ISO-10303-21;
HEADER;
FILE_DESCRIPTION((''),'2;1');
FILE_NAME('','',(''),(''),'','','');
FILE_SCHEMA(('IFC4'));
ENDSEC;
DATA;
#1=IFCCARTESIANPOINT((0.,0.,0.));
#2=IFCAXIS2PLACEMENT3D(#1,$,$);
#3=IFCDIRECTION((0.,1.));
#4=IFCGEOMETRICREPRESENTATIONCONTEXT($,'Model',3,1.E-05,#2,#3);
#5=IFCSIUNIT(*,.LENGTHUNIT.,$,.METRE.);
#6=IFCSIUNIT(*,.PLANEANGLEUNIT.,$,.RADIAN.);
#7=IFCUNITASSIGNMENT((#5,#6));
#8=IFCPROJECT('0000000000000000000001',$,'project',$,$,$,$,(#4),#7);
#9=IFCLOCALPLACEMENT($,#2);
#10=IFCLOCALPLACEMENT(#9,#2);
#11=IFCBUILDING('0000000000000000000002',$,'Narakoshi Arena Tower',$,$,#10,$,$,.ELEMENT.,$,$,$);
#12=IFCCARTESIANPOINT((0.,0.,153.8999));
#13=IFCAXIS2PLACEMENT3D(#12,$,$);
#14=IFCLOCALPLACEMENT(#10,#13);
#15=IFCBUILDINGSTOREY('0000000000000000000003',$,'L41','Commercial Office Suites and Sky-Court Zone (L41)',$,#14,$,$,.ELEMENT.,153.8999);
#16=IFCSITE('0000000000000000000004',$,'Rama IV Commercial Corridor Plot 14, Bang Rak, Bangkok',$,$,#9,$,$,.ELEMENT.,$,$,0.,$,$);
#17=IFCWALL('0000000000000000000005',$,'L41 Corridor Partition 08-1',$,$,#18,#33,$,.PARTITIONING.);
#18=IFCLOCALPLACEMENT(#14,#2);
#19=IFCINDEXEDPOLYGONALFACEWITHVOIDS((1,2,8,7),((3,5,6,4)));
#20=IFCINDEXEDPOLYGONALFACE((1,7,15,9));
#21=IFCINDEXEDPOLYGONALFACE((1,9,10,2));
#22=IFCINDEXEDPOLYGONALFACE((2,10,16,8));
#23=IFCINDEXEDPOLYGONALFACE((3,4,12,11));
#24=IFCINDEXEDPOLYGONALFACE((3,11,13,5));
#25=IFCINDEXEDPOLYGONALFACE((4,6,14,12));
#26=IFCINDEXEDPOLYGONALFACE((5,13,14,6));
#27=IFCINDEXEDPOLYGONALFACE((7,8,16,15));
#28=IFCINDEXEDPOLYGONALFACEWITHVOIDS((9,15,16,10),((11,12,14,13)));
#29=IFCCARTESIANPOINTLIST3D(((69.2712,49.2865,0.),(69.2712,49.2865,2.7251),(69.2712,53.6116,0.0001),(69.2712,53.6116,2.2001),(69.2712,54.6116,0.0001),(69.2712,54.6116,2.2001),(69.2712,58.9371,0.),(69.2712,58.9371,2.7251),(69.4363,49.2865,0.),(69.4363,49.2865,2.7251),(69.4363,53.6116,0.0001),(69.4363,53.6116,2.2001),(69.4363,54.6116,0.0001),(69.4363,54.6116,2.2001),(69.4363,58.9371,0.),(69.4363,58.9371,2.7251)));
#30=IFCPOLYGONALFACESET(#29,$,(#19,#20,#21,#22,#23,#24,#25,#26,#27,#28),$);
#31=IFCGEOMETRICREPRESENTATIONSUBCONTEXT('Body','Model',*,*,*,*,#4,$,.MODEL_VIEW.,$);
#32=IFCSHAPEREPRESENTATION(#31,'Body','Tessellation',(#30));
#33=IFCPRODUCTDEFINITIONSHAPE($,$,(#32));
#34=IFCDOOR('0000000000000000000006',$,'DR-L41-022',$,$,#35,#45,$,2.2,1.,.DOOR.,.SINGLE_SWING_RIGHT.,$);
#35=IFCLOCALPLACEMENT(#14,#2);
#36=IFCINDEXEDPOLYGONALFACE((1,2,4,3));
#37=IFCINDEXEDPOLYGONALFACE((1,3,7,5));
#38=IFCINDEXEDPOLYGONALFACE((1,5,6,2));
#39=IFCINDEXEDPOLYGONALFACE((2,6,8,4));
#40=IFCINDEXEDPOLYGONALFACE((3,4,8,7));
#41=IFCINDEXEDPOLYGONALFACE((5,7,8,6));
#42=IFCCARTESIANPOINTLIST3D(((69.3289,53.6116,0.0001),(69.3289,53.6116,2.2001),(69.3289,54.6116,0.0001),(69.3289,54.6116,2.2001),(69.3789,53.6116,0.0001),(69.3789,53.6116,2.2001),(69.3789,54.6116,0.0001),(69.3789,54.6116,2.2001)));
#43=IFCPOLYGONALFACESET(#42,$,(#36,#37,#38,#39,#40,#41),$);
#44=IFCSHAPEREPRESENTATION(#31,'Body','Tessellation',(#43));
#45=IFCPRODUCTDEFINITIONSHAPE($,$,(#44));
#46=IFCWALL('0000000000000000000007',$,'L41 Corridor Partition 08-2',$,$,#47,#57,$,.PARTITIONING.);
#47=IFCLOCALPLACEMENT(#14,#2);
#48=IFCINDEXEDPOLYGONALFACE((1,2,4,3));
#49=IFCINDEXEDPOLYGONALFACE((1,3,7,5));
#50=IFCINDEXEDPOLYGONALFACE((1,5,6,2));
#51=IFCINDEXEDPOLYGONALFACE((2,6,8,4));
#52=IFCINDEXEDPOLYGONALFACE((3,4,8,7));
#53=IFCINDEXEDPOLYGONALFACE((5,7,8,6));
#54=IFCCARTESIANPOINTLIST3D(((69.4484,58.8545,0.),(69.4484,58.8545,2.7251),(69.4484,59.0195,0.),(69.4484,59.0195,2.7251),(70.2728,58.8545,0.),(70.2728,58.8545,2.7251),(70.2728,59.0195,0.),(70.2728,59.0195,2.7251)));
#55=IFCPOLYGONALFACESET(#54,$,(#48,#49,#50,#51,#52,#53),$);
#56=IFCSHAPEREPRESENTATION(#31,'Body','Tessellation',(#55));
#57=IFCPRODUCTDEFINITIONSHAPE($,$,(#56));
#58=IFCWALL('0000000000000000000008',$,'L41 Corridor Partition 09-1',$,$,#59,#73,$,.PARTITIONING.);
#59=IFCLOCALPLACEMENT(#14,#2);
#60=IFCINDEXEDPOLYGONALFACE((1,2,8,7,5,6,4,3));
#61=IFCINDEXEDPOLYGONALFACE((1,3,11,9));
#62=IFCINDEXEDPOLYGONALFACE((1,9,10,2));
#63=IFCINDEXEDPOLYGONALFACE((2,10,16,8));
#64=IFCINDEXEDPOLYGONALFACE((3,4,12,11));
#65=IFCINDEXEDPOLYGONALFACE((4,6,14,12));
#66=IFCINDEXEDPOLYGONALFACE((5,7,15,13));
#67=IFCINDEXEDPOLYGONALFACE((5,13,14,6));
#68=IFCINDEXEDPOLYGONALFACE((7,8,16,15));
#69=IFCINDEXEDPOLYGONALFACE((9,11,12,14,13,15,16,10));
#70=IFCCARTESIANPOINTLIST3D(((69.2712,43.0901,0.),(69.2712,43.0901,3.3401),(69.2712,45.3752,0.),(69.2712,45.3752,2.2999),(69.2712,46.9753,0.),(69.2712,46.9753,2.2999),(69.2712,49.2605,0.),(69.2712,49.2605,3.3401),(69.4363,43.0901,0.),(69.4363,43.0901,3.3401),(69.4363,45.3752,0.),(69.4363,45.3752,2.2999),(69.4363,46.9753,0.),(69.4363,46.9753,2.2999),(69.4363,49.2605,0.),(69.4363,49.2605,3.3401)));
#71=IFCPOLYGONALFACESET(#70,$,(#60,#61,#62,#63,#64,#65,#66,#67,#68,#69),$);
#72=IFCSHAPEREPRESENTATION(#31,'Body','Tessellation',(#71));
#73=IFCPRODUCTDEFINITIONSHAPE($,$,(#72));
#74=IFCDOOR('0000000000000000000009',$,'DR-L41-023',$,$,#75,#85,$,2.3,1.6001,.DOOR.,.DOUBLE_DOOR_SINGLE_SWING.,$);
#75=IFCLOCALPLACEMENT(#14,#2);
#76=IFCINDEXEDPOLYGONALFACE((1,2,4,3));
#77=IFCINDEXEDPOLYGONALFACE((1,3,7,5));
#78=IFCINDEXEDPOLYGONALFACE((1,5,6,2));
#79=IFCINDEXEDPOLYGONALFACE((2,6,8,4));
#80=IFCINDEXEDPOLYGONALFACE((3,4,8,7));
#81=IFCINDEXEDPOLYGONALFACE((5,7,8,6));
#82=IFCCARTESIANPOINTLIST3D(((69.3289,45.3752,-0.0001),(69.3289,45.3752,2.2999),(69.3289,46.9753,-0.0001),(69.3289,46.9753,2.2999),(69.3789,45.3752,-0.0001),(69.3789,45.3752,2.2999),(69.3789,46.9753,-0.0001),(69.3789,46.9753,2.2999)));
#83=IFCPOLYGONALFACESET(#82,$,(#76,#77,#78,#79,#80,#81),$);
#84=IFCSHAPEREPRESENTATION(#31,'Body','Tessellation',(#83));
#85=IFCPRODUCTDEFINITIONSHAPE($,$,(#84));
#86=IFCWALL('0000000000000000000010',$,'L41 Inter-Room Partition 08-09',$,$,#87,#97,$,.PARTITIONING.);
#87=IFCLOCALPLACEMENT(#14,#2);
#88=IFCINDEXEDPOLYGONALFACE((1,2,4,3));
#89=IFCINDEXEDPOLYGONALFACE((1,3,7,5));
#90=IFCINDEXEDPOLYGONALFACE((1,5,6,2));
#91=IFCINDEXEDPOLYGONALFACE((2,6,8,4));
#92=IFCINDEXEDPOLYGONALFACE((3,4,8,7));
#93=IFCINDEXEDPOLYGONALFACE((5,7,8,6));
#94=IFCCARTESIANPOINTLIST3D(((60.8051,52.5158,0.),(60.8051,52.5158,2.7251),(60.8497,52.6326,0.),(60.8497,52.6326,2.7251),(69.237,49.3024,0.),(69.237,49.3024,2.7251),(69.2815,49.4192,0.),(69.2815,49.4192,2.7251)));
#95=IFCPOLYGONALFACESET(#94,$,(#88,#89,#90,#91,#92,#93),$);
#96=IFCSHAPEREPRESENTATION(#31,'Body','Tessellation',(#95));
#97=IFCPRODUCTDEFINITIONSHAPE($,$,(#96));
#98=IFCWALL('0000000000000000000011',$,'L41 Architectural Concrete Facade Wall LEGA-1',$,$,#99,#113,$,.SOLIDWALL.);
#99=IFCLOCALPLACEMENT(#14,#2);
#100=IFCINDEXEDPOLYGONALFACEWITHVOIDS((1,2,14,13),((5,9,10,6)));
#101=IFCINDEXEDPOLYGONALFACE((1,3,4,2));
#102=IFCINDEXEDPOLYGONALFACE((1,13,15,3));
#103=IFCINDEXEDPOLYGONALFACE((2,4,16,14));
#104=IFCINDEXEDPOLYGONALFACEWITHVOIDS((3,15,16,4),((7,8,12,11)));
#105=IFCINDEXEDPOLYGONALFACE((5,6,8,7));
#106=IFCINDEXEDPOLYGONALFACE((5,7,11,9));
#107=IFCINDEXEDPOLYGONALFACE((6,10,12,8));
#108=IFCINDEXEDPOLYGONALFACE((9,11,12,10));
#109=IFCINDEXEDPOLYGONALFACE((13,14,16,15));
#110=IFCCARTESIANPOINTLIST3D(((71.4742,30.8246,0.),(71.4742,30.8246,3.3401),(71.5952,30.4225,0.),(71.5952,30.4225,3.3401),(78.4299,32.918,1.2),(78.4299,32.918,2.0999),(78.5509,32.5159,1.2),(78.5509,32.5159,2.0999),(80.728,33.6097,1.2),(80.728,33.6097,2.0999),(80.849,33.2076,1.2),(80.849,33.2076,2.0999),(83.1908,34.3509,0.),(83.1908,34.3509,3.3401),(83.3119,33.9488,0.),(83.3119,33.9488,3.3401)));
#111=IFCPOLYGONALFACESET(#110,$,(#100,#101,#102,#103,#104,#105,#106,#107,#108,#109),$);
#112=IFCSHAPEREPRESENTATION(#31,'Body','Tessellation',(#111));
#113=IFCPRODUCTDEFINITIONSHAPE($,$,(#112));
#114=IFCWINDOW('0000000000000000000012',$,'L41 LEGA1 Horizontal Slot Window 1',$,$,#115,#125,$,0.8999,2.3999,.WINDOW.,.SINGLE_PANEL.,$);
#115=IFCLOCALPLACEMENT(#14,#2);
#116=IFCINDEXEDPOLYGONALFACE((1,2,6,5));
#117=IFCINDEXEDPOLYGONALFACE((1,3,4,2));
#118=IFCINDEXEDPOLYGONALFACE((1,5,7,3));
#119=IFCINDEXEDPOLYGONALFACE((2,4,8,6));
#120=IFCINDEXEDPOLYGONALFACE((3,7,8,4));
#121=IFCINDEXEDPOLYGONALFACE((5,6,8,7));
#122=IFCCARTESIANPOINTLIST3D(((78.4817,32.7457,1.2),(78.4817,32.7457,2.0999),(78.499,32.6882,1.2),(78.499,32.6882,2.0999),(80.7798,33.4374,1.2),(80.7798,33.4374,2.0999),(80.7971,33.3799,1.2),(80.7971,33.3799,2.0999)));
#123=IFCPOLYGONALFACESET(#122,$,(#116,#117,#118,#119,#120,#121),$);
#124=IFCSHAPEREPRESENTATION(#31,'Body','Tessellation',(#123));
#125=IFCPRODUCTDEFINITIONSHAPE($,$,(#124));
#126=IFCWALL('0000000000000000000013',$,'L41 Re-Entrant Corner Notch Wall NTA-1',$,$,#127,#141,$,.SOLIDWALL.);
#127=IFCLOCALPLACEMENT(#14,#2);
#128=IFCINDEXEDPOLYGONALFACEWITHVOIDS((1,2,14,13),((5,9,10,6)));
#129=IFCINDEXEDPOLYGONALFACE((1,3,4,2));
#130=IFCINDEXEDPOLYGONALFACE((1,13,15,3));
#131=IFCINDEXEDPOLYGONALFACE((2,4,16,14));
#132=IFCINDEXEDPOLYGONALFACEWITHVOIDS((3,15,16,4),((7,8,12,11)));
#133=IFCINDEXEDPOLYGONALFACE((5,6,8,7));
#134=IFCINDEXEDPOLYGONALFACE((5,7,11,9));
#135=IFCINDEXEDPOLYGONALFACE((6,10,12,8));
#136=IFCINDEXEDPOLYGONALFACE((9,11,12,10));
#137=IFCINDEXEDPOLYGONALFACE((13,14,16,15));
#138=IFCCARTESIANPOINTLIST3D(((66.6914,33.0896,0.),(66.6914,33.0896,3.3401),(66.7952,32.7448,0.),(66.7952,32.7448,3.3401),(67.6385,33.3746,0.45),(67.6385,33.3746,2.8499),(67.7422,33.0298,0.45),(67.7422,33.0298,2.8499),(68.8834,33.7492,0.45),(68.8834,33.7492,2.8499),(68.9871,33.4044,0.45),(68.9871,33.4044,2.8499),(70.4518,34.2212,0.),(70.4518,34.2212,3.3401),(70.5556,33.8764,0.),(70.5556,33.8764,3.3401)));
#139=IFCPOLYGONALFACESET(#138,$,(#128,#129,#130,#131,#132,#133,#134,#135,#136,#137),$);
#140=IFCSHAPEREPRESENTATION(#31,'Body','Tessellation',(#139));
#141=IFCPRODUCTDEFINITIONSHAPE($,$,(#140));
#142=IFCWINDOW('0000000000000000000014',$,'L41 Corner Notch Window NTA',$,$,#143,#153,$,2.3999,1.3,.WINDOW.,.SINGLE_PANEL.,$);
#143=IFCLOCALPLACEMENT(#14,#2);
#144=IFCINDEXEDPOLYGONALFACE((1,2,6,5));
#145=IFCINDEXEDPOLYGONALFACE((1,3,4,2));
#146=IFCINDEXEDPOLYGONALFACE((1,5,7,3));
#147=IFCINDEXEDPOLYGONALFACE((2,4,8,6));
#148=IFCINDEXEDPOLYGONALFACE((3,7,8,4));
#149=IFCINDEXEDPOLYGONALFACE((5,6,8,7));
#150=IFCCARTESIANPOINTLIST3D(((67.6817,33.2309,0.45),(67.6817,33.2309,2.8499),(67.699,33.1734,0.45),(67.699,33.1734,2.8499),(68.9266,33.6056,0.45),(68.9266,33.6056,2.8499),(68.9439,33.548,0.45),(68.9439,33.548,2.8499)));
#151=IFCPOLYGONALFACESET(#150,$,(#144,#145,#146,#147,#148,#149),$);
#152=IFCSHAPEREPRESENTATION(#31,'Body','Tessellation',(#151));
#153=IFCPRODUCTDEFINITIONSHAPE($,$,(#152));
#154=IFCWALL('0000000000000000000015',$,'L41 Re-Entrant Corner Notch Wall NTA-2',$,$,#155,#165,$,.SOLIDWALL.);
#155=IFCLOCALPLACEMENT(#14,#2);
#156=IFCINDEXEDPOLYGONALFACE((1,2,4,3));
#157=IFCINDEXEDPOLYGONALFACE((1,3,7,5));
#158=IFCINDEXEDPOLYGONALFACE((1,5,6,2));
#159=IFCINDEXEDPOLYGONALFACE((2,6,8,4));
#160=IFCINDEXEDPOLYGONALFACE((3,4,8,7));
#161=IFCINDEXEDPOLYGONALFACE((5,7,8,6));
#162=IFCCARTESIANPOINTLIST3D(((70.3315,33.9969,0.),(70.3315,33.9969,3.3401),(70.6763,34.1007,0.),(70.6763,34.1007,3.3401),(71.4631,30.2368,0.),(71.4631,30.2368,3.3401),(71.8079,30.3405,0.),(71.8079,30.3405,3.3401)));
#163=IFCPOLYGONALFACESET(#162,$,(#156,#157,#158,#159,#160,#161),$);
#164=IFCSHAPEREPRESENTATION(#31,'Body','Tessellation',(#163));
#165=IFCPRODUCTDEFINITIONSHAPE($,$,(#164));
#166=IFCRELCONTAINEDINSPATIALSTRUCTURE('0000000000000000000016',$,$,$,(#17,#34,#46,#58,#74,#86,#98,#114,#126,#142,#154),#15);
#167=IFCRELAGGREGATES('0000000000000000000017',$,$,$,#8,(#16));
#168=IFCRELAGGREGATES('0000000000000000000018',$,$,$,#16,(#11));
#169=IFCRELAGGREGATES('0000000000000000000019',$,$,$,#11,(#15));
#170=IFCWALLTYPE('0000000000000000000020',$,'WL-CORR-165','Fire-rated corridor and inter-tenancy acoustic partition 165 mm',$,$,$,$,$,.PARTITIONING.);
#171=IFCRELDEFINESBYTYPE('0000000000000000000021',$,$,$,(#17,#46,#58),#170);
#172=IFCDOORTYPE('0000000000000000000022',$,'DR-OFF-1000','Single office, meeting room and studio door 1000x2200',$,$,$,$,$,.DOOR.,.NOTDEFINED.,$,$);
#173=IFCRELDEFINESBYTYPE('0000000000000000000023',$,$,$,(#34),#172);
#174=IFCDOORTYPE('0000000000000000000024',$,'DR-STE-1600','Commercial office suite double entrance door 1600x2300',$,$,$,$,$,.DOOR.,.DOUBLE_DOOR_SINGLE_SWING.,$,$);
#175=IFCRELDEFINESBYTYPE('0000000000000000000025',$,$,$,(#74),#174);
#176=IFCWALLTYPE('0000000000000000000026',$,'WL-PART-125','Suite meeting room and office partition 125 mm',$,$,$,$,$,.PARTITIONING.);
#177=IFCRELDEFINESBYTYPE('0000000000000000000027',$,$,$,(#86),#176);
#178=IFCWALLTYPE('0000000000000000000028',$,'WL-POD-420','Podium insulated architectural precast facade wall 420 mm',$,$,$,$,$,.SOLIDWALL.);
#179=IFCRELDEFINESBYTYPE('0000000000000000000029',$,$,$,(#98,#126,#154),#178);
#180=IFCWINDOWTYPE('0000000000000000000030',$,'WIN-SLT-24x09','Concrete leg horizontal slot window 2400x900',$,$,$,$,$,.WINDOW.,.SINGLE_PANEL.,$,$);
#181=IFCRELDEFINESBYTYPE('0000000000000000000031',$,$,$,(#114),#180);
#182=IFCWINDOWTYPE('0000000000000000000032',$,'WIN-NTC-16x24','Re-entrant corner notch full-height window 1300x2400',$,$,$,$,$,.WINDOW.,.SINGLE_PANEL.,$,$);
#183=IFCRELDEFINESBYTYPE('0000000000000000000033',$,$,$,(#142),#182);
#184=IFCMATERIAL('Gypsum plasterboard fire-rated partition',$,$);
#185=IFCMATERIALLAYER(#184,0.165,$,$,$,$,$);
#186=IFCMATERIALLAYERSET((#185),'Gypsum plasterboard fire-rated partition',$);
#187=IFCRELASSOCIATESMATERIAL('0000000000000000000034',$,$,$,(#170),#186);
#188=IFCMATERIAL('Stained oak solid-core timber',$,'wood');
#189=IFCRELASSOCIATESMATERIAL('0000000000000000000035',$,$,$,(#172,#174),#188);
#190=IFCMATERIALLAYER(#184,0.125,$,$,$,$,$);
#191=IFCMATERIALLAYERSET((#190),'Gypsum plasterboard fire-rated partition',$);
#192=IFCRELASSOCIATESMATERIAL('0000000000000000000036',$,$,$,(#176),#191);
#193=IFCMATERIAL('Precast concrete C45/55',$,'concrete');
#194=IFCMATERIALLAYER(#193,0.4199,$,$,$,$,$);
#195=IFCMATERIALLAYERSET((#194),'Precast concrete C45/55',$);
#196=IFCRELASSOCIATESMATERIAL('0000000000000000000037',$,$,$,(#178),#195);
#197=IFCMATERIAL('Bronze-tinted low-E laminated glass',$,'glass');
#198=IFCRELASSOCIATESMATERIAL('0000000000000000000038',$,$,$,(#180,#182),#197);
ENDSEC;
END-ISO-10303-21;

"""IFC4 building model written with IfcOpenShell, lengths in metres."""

from ifc_helpers import new_model, si_unit, direction, frame, frame_2d, origin, place, context, subcontext, project, spatial, rectangle, extrude, material, layer, layer_set, type_object, element, fill, save


model = new_model("IFC4")

# Units and contexts
model_context = context("Model", 3, precision=1e-05, world=origin(), true_north=direction((0.0, 1.0)))
body_context = subcontext(model_context, "Body", "Model", "MODEL_VIEW")
ifc_project = project(units=[si_unit("LENGTHUNIT", "METRE"), si_unit("PLANEANGLEUNIT", "RADIAN")], contexts=[model_context])

# Site, building, storey
site_placement = place(None, origin())
site = spatial("IfcSite", under=ifc_project, at=site_placement, Name="Rama IV Commercial Corridor Plot 14, Bang Rak, Bangkok", CompositionType="ELEMENT", RefElevation=0.0)
building_placement = place(site_placement, origin())
building = spatial("IfcBuilding", under=site, at=building_placement, Name="Narakoshi Arena Tower", CompositionType="ELEMENT")
storey_placement = place(building_placement, frame((0.0, 0.0, 153.8999)))
storey = spatial("IfcBuildingStorey", under=building, at=storey_placement, Name="L41", Description="Commercial Office Suites and Sky-Court Zone (L41)", CompositionType="ELEMENT", Elevation=153.8999)

# Wall, opening, door
ifc_material_1 = material(Name="Gypsum plasterboard fire-rated partition")
ifc_layer_1 = layer(ifc_material_1, 0.165)
ifc_layer_set_1 = layer_set([ifc_layer_1], Name="Gypsum plasterboard fire-rated partition")
wall_type_1 = type_object("IfcWallType", Name="WL-CORR-165", Description="Fire-rated corridor and inter-tenancy acoustic partition 165 mm", PredefinedType="PARTITIONING", material=ifc_layer_set_1)
wall_1_placement = place(storey_placement, frame((69.3538, 58.937, 0.0), z_axis=(0.0, 0.0, 1.0), x_axis=(0.0, -1.0, 0.0)))
wall_1 = element("IfcWall", 1, at=wall_1_placement, inside=storey, type_object=wall_type_1, Name="L41 Corridor Partition 08-1", PredefinedType="PARTITIONING", context=body_context, shape_type="SweptSolid", body=[
    extrude(rectangle(XDim=9.6506, YDim=0.165, at=frame_2d((4.8252, 0.0))), origin(), (0.0, 0.0, 1.0), 2.7251),
])
opening_1_placement = place(wall_1_placement, frame((4.3254, 0.0, 0.0)))
opening_1 = element("IfcOpeningElement", 2, at=opening_1_placement, cuts=wall_1, PredefinedType="OPENING", context=body_context, shape_type="SweptSolid", body=[
    extrude(rectangle(XDim=1.0, YDim=2.2, at=frame_2d((0.5, 1.1001))), frame((0.0, 0.0925, 0.0), z_axis=(0.0, -1.0, 0.0), x_axis=(1.0, 0.0, 0.0)), (0.0, 0.0, 1.0), 0.1851),
])
ifc_material_2 = material(Name="Stained oak solid-core timber", Category="wood")
door_type_1 = type_object("IfcDoorType", Name="DR-OFF-1000", Description="Single office, meeting room and studio door 1000x2200", OperationType="NOTDEFINED", PredefinedType="DOOR", material=ifc_material_2)
door_1_placement = place(opening_1_placement, frame((1.0, 0.0, 0.0), z_axis=(0.0, 0.0, 1.0), x_axis=(-1.0, 0.0, 0.0)))
door_1 = element("IfcDoor", 3, at=door_1_placement, inside=storey, type_object=door_type_1, Name="DR-L41-022", OperationType="SINGLE_SWING_RIGHT", OverallHeight=2.2, OverallWidth=1.0, PredefinedType="DOOR", context=body_context, shape_type="SweptSolid", body=[
    extrude(rectangle(XDim=1.0, YDim=2.2, at=frame_2d((0.5, 1.1001))), frame((0.0, 0.0249, 0.0), z_axis=(0.0, -1.0, 0.0), x_axis=(1.0, 0.0, 0.0)), (0.0, 0.0, 1.0), 0.05),
])
fill(opening_1, door_1)

# Wall
wall_2_placement = place(storey_placement, frame((70.2727, 58.937, 0.0), z_axis=(0.0, 0.0, 1.0), x_axis=(-1.0, 0.0, 0.0)))
element("IfcWall", 4, at=wall_2_placement, inside=storey, type_object=wall_type_1, Name="L41 Corridor Partition 08-2", PredefinedType="PARTITIONING", context=body_context, shape_type="SweptSolid", body=[
    extrude(rectangle(XDim=0.8245, YDim=0.165, at=frame_2d((0.4121, 0.0))), origin(), (0.0, 0.0, 1.0), 2.7251),
])

# Wall, opening, door
wall_3_placement = place(storey_placement, frame((69.3538, 49.2605, 0.0), z_axis=(0.0, 0.0, 1.0), x_axis=(0.0, -1.0, 0.0)))
wall_3 = element("IfcWall", 5, at=wall_3_placement, inside=storey, type_object=wall_type_1, Name="L41 Corridor Partition 09-1", PredefinedType="PARTITIONING", context=body_context, shape_type="SweptSolid", body=[
    extrude(rectangle(XDim=6.1704, YDim=0.165, at=frame_2d((3.0852, 0.0))), origin(), (0.0, 0.0, 1.0), 3.3401),
])
opening_2_placement = place(wall_3_placement, frame((2.2852, 0.0, 0.0)))
opening_2 = element("IfcOpeningElement", 6, at=opening_2_placement, cuts=wall_3, PredefinedType="OPENING", context=body_context, shape_type="SweptSolid", body=[
    extrude(rectangle(XDim=1.6001, YDim=2.3, at=frame_2d((0.8, 1.1499))), frame((0.0, 0.0925, 0.0), z_axis=(0.0, -1.0, 0.0), x_axis=(1.0, 0.0, 0.0)), (0.0, 0.0, 1.0), 0.1851),
])
door_type_2 = type_object("IfcDoorType", Name="DR-STE-1600", Description="Commercial office suite double entrance door 1600x2300", OperationType="DOUBLE_DOOR_SINGLE_SWING", PredefinedType="DOOR", material=ifc_material_2)
door_2_placement = place(opening_2_placement, frame((1.6001, 0.0, 0.0), z_axis=(0.0, 0.0, 1.0), x_axis=(-1.0, 0.0, 0.0)))
door_2 = element("IfcDoor", 7, at=door_2_placement, inside=storey, type_object=door_type_2, Name="DR-L41-023", OperationType="DOUBLE_DOOR_SINGLE_SWING", OverallHeight=2.3, OverallWidth=1.6001, PredefinedType="DOOR", context=body_context, shape_type="SweptSolid", body=[
    extrude(rectangle(XDim=1.6001, YDim=2.3, at=frame_2d((0.8, 1.1499))), frame((0.0, 0.0249, 0.0), z_axis=(0.0, -1.0, 0.0), x_axis=(1.0, 0.0, 0.0)), (0.0, 0.0, 1.0), 0.05),
])
fill(opening_2, door_2)

# Wall
ifc_layer_2 = layer(ifc_material_1, 0.125)
ifc_layer_set_2 = layer_set([ifc_layer_2], Name="Gypsum plasterboard fire-rated partition")
wall_type_2 = type_object("IfcWallType", Name="WL-PART-125", Description="Suite meeting room and office partition 125 mm", PredefinedType="PARTITIONING", material=ifc_layer_set_2)
wall_4_placement = place(storey_placement, frame((69.2593, 49.3608, 0.0), z_axis=(0.0, 0.0, 1.0), x_axis=(-0.934442, 0.356115, 0.0)))
element("IfcWall", 8, at=wall_4_placement, inside=storey, type_object=wall_type_2, Name="L41 Inter-Room Partition 08-09", PredefinedType="PARTITIONING", context=body_context, shape_type="SweptSolid", body=[
    extrude(rectangle(XDim=9.0234, YDim=0.125, at=frame_2d((4.5117, 0.0))), origin(), (0.0, 0.0, 1.0), 2.7251),
])

# Walls, openings, windows
ifc_material_3 = material(Name="Precast concrete C45/55", Category="concrete")
ifc_layer_3 = layer(ifc_material_3, 0.4199)
ifc_layer_set_3 = layer_set([ifc_layer_3], Name="Precast concrete C45/55")
wall_type_3 = type_object("IfcWallType", Name="WL-POD-420", Description="Podium insulated architectural precast facade wall 420 mm", PredefinedType="SOLIDWALL", material=ifc_layer_set_3)
wall_5_placement = place(storey_placement, frame((71.5347, 30.6235, 0.0), z_axis=(0.0, 0.0, 1.0), x_axis=(0.957571, 0.288197, 0.0)))
wall_5 = element("IfcWall", 9, at=wall_5_placement, inside=storey, type_object=wall_type_3, Name="L41 Architectural Concrete Facade Wall LEGA-1", PredefinedType="SOLIDWALL", context=body_context, shape_type="SweptSolid", body=[
    extrude(rectangle(XDim=12.2358, YDim=0.4199, at=frame_2d((6.1179, 0.0))), origin(), (0.0, 0.0, 1.0), 3.3401),
])
opening_3_placement = place(wall_5_placement, frame((7.2639, 0.0, 1.2)))
opening_3 = element("IfcOpeningElement", 10, at=opening_3_placement, cuts=wall_5, PredefinedType="OPENING", context=body_context, shape_type="SweptSolid", body=[
    extrude(rectangle(XDim=2.3999, YDim=0.8999, at=frame_2d((1.2, 0.45))), frame((0.0, 0.22, 0.0), z_axis=(0.0, -1.0, 0.0), x_axis=(1.0, 0.0, 0.0)), (0.0, 0.0, 1.0), 0.4399),
])
ifc_material_4 = material(Name="Bronze-tinted low-E laminated glass", Category="glass")
window_type_1 = type_object("IfcWindowType", Name="WIN-SLT-24x09", Description="Concrete leg horizontal slot window 2400x900", PartitioningType="SINGLE_PANEL", PredefinedType="WINDOW", material=ifc_material_4)
window_1_placement = place(opening_3_placement, origin())
window_1 = element("IfcWindow", 11, at=window_1_placement, inside=storey, type_object=window_type_1, Name="L41 LEGA1 Horizontal Slot Window 1", OverallHeight=0.8999, OverallWidth=2.3999, PartitioningType="SINGLE_PANEL", PredefinedType="WINDOW", context=body_context, shape_type="SweptSolid", body=[
    extrude(rectangle(XDim=2.3999, YDim=0.8999, at=frame_2d((1.2, 0.45))), frame((0.0, 0.03, 0.0), z_axis=(0.0, -1.0, 0.0), x_axis=(1.0, 0.0, 0.0)), (0.0, 0.0, 1.0), 0.0601),
])
fill(opening_3, window_1)
wall_6_placement = place(storey_placement, frame((66.7434, 32.9172, 0.0), z_axis=(0.0, 0.0, 1.0), x_axis=(0.957585, 0.288152, 0.0)))
wall_6 = element("IfcWall", 12, at=wall_6_placement, inside=storey, type_object=wall_type_3, Name="L41 Re-Entrant Corner Notch Wall NTA-1", PredefinedType="SOLIDWALL", context=body_context, shape_type="SweptSolid", body=[
    extrude(rectangle(XDim=3.927, YDim=0.3601, at=frame_2d((1.9634, 0.0))), origin(), (0.0, 0.0, 1.0), 3.3401),
])
opening_4_placement = place(wall_6_placement, frame((0.989, 0.0, 0.45)))
opening_4 = element("IfcOpeningElement", 13, at=opening_4_placement, cuts=wall_6, PredefinedType="OPENING", context=body_context, shape_type="SweptSolid", body=[
    extrude(rectangle(XDim=1.3, YDim=2.3999, at=frame_2d((0.6499, 1.2))), frame((0.0, 0.1899, 0.0), z_axis=(0.0, -1.0, 0.0), x_axis=(1.0, 0.0, 0.0)), (0.0, 0.0, 1.0), 0.3801),
])
window_type_2 = type_object("IfcWindowType", Name="WIN-NTC-16x24", Description="Re-entrant corner notch full-height window 1300x2400", PartitioningType="SINGLE_PANEL", PredefinedType="WINDOW", material=ifc_material_4)
window_2_placement = place(opening_4_placement, origin())
window_2 = element("IfcWindow", 14, at=window_2_placement, inside=storey, type_object=window_type_2, Name="L41 Corner Notch Window NTA", OverallHeight=2.3999, OverallWidth=1.3, PartitioningType="SINGLE_PANEL", PredefinedType="WINDOW", context=body_context, shape_type="SweptSolid", body=[
    extrude(rectangle(XDim=1.3, YDim=2.3999, at=frame_2d((0.6499, 1.2))), frame((0.0, 0.03, 0.0), z_axis=(0.0, -1.0, 0.0), x_axis=(1.0, 0.0, 0.0)), (0.0, 0.0, 1.0), 0.0601),
])
fill(opening_4, window_2)

# Wall
wall_7_placement = place(storey_placement, frame((70.5039, 34.0488, 0.0), z_axis=(0.0, 0.0, 1.0), x_axis=(0.288169, -0.95758, 0.0)))
element("IfcWall", 15, at=wall_7_placement, inside=storey, type_object=wall_type_3, Name="L41 Re-Entrant Corner Notch Wall NTA-2", PredefinedType="SOLIDWALL", context=body_context, shape_type="SweptSolid", body=[
    extrude(rectangle(XDim=3.9268, YDim=0.3601, at=frame_2d((1.9634, 0.0))), origin(), (0.0, 0.0, 1.0), 3.3401),
])

save(model, "model.ifc")
